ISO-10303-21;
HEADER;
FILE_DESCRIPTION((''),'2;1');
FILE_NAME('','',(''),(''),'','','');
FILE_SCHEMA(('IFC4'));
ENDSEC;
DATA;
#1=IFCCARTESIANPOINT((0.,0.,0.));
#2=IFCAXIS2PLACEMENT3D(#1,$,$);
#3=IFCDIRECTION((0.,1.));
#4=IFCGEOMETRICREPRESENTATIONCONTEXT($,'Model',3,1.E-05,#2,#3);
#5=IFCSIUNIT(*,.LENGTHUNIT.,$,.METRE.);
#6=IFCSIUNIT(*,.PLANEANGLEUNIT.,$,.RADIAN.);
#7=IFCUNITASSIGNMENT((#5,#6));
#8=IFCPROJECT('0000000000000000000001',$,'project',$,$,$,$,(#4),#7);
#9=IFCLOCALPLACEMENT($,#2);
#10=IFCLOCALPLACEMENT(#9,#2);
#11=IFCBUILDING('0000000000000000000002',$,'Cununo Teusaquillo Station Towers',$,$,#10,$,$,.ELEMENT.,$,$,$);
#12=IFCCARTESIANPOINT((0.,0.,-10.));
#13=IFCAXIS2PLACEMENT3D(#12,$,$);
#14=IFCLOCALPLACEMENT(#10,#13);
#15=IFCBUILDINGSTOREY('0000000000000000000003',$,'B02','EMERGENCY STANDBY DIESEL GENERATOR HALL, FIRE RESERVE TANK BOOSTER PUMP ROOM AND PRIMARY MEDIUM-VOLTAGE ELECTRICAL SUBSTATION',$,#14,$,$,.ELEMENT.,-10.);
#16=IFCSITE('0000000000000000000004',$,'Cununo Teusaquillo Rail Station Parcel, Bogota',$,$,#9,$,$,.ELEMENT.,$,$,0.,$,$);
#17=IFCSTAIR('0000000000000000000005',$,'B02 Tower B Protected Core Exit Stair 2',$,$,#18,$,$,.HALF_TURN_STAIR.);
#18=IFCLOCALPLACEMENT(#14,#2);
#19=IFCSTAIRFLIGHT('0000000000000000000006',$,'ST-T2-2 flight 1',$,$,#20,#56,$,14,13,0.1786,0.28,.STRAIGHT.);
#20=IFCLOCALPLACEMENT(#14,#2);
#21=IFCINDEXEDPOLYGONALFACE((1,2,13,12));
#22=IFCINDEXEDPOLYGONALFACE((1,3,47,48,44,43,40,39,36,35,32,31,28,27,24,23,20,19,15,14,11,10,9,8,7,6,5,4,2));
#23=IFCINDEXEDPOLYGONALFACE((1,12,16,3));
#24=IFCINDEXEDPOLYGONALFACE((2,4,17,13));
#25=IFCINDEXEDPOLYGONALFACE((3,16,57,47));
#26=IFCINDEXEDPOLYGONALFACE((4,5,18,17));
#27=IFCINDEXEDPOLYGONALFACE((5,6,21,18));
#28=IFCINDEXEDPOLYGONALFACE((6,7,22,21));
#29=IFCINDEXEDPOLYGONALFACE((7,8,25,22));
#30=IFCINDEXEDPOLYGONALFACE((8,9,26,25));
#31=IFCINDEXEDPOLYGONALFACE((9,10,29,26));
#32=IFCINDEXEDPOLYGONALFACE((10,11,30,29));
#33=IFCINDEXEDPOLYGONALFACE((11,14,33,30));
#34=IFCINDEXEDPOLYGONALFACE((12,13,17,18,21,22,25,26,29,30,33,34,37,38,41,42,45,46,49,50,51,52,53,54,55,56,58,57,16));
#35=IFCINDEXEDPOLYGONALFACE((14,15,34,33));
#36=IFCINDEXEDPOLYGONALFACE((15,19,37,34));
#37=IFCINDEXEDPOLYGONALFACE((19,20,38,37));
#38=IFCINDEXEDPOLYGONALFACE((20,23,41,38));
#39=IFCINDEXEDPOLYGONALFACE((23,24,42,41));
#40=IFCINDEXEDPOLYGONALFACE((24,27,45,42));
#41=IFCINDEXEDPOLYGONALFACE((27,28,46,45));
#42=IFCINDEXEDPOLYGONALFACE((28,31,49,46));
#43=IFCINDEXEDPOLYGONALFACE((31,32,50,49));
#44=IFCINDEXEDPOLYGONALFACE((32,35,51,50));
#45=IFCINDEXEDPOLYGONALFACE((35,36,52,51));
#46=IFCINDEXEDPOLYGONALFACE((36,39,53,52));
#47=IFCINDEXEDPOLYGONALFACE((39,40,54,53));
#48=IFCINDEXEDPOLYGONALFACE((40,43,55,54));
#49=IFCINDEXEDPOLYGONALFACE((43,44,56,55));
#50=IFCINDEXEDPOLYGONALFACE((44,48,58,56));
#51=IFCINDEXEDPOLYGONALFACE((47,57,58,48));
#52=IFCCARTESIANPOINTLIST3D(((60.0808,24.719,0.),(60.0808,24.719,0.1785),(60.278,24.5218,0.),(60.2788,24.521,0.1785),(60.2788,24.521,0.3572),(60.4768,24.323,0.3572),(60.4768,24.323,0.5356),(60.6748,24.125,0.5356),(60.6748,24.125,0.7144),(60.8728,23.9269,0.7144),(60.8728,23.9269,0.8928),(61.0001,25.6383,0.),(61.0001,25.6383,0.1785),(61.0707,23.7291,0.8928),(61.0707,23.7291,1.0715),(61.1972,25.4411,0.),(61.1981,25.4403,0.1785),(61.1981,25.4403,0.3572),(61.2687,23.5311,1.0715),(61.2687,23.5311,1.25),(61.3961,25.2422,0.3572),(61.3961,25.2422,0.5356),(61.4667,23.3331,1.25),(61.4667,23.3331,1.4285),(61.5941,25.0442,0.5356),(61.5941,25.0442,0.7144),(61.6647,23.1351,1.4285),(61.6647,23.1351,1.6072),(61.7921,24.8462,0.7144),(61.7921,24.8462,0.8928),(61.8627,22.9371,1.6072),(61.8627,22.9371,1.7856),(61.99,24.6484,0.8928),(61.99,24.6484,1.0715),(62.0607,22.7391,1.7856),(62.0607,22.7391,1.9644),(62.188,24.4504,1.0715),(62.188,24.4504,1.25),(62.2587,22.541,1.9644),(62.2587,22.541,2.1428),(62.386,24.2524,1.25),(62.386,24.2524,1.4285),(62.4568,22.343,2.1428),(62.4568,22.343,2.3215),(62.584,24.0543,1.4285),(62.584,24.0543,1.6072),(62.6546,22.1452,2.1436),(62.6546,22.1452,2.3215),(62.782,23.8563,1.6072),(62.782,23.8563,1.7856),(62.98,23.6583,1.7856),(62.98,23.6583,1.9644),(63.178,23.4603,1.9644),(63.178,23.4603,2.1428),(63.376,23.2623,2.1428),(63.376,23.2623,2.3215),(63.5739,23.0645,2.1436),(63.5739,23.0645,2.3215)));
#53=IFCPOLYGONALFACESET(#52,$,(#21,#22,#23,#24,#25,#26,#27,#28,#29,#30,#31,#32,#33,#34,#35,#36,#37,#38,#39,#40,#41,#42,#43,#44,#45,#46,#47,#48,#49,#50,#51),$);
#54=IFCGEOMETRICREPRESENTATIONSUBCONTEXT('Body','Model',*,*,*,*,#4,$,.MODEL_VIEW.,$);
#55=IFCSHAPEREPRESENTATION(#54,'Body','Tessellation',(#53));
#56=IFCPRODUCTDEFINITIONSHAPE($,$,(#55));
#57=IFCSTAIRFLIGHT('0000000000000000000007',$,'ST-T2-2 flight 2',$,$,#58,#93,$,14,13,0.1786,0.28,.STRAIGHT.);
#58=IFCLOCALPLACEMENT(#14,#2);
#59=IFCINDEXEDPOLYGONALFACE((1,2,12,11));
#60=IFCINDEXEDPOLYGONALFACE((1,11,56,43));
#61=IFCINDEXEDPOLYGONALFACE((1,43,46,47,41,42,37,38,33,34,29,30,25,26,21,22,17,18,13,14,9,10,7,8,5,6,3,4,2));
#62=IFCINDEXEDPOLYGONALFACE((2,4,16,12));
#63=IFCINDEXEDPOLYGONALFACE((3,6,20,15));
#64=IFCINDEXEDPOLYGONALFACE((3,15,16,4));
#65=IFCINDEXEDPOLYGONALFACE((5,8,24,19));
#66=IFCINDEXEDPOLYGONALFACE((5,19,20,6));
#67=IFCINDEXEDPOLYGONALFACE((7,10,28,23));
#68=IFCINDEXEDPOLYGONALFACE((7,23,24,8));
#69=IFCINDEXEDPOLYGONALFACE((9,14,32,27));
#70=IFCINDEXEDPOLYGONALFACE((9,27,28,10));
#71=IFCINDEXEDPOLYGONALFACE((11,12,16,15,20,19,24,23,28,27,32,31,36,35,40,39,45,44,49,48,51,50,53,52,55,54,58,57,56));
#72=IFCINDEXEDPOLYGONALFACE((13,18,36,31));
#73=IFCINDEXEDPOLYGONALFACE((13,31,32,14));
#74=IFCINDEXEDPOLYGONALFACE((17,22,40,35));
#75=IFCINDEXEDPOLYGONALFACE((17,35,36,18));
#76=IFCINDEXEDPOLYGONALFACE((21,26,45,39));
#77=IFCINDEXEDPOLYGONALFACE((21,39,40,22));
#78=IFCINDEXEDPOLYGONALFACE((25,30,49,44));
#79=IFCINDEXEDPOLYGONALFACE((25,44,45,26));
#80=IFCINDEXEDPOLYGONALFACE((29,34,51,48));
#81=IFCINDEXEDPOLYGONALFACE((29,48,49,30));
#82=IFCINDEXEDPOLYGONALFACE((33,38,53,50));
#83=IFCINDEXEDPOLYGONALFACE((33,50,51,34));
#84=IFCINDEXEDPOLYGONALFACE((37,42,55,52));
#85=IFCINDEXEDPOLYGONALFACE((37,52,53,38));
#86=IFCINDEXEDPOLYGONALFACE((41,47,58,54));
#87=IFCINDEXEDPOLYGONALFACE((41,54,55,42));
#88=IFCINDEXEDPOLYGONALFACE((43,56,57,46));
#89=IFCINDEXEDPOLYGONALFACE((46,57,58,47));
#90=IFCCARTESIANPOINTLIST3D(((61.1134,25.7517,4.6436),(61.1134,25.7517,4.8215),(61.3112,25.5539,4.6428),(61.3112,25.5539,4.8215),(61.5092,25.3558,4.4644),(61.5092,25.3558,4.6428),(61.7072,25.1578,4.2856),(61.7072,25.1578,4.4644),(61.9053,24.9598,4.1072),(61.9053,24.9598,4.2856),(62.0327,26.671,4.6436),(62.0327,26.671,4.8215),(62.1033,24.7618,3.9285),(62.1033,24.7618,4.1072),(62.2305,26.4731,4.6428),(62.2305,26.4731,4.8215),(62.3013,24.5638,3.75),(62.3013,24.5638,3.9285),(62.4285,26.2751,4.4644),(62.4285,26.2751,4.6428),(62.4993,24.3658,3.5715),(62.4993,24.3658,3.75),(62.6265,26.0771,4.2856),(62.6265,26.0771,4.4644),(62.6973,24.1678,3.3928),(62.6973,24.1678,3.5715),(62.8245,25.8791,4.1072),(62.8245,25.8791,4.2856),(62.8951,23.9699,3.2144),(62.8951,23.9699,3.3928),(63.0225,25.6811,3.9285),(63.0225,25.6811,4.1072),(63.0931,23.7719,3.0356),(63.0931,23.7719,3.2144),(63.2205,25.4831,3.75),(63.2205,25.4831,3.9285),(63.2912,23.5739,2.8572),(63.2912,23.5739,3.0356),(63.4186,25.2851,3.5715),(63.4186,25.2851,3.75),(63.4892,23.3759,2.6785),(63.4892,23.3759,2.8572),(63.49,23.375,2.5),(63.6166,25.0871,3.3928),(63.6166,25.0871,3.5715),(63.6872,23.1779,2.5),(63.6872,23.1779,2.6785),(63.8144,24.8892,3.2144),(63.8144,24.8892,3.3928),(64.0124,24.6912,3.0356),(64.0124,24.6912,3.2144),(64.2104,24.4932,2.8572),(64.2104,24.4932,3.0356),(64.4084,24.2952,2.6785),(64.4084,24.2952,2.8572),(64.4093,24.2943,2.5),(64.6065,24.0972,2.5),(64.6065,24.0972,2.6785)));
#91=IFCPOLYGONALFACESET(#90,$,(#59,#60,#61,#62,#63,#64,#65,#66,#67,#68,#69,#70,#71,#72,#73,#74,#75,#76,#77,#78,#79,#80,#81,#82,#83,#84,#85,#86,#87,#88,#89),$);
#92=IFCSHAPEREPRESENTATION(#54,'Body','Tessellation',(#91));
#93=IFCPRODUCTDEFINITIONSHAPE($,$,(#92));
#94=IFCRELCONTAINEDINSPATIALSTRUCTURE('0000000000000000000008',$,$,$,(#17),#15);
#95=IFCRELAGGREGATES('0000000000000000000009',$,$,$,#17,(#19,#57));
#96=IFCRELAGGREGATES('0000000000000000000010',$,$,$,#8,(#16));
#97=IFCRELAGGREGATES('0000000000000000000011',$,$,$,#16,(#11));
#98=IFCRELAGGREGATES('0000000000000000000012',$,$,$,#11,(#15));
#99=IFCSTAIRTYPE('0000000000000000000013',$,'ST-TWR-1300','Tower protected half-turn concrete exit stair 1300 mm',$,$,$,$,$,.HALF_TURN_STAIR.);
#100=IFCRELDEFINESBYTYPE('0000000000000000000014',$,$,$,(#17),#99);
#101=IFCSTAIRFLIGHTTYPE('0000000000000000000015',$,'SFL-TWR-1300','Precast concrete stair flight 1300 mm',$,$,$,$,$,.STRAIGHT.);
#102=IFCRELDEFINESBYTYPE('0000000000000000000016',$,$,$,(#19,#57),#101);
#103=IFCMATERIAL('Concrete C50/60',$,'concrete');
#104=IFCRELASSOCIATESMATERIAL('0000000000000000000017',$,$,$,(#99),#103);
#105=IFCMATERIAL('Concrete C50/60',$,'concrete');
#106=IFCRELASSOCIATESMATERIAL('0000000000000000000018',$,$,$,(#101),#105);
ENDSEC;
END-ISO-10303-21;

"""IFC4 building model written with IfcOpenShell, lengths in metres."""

from ifc_helpers import new_model, si_unit, direction, frame, origin, place, context, subcontext, project, spatial, polyline, outline, extrude, material, type_object, element, aggregate, save


model = new_model("IFC4")

# Units and contexts
model_context = context("Model", 3, precision=1e-05, world=origin(), true_north=direction((0.0, 1.0)))
body_context = subcontext(model_context, "Body", "Model", "MODEL_VIEW")
ifc_project = project(units=[si_unit("LENGTHUNIT", "METRE"), si_unit("PLANEANGLEUNIT", "RADIAN")], contexts=[model_context])

# Site, building, storey
site_placement = place(None, origin())
site = spatial("IfcSite", under=ifc_project, at=site_placement, Name="Cununo Teusaquillo Rail Station Parcel, Bogota", CompositionType="ELEMENT", RefElevation=0.0)
building_placement = place(site_placement, origin())
building = spatial("IfcBuilding", under=site, at=building_placement, Name="Cununo Teusaquillo Station Towers", CompositionType="ELEMENT")
storey_placement = place(building_placement, frame((0.0, 0.0, -10.0)))
storey = spatial("IfcBuildingStorey", under=building, at=storey_placement, Name="B02", Description="EMERGENCY STANDBY DIESEL GENERATOR HALL, FIRE RESERVE TANK BOOSTER PUMP ROOM AND PRIMARY MEDIUM-VOLTAGE ELECTRICAL SUBSTATION", CompositionType="ELEMENT", Elevation=-10.0)

# Stair, stair flights
ifc_material_1 = material(Name="Concrete C50/60", Category="concrete")
stair_type = type_object("IfcStairType", Name="ST-TWR-1300", Description="Tower protected half-turn concrete exit stair 1300 mm", PredefinedType="HALF_TURN_STAIR", material=ifc_material_1)
stair_placement = place(storey_placement, origin())
stair = element("IfcStair", 1, at=stair_placement, inside=storey, type_object=stair_type, Name="B02 Tower B Protected Core Exit Stair 2", PredefinedType="HALF_TURN_STAIR")
ifc_material_2 = material(Name="Concrete C50/60", Category="concrete")
stair_flight_type = type_object("IfcStairFlightType", Name="SFL-TWR-1300", Description="Precast concrete stair flight 1300 mm", PredefinedType="STRAIGHT", material=ifc_material_2)
stair_flight_1_placement = place(storey_placement, frame((60.5405, 25.1787, 0.0), z_axis=(0.0, 0.0, 1.0), x_axis=(0.707107, -0.707107, 0.0)))
stair_flight_1 = element("IfcStairFlight", 2, at=stair_flight_1_placement, type_object=stair_flight_type, Name="ST-T2-2 flight 1", NumberOfRisers=14, NumberOfTreads=13, PredefinedType="STRAIGHT", RiserHeight=0.1786, TreadLength=0.28, context=body_context, shape_type="SweptSolid", body=[
    extrude(outline(polyline([(0.0, 0.0), (0.0, 0.1785), (0.28, 0.1785), (0.28, 0.3572), (0.5601, 0.3572), (0.5601, 0.5356), (0.8401, 0.5356), (0.8401, 0.7144), (1.1201, 0.7144), (1.1201, 0.8928), (1.3999, 0.8928), (1.3999, 1.0715), (1.6799, 1.0715), (1.6799, 1.25), (1.96, 1.25), (1.96, 1.4285), (2.24, 1.4285), (2.24, 1.6072), (2.52, 1.6072), (2.52, 1.7856), (2.8, 1.7856), (2.8, 1.9644), (3.0801, 1.9644), (3.0801, 2.1428), (3.3601, 2.1428), (3.3601, 2.3215), (3.6399, 2.3215), (3.6399, 2.5), (3.6399, 2.1436), (0.2788, 0.0), (0.0, 0.0)])), frame((0.0, 0.6499, 0.0), z_axis=(0.0, -1.0, 0.0), x_axis=(1.0, 0.0, 0.0)), (0.0, 0.0, 1.0), 1.3),
])
stair_flight_2_placement = place(storey_placement, frame((64.1467, 23.6375, 2.5), z_axis=(0.0, 0.0, 1.0), x_axis=(-0.707107, 0.707107, 0.0)))
stair_flight_2 = element("IfcStairFlight", 3, at=stair_flight_2_placement, type_object=stair_flight_type, Name="ST-T2-2 flight 2", NumberOfRisers=14, NumberOfTreads=13, PredefinedType="STRAIGHT", RiserHeight=0.1786, TreadLength=0.28, context=body_context, shape_type="SweptSolid", body=[
    extrude(outline(polyline([(0.0, 0.0), (0.0, 0.1785), (0.28, 0.1785), (0.28, 0.3572), (0.5601, 0.3572), (0.5601, 0.5356), (0.8401, 0.5356), (0.8401, 0.7144), (1.1201, 0.7144), (1.1201, 0.8928), (1.3999, 0.8928), (1.3999, 1.0715), (1.6799, 1.0715), (1.6799, 1.25), (1.96, 1.25), (1.96, 1.4285), (2.24, 1.4285), (2.24, 1.6072), (2.52, 1.6072), (2.52, 1.7856), (2.8, 1.7856), (2.8, 1.9644), (3.0801, 1.9644), (3.0801, 2.1428), (3.3601, 2.1428), (3.3601, 2.3215), (3.6399, 2.3215), (3.6399, 2.5), (3.6399, 2.1436), (0.2788, 0.0), (0.0, 0.0)])), frame((0.0, 0.6499, 0.0), z_axis=(0.0, -1.0, 0.0), x_axis=(1.0, 0.0, 0.0)), (0.0, 0.0, 1.0), 1.3),
])
aggregate(stair, [stair_flight_1, stair_flight_2])

save(model, "model.ifc")
